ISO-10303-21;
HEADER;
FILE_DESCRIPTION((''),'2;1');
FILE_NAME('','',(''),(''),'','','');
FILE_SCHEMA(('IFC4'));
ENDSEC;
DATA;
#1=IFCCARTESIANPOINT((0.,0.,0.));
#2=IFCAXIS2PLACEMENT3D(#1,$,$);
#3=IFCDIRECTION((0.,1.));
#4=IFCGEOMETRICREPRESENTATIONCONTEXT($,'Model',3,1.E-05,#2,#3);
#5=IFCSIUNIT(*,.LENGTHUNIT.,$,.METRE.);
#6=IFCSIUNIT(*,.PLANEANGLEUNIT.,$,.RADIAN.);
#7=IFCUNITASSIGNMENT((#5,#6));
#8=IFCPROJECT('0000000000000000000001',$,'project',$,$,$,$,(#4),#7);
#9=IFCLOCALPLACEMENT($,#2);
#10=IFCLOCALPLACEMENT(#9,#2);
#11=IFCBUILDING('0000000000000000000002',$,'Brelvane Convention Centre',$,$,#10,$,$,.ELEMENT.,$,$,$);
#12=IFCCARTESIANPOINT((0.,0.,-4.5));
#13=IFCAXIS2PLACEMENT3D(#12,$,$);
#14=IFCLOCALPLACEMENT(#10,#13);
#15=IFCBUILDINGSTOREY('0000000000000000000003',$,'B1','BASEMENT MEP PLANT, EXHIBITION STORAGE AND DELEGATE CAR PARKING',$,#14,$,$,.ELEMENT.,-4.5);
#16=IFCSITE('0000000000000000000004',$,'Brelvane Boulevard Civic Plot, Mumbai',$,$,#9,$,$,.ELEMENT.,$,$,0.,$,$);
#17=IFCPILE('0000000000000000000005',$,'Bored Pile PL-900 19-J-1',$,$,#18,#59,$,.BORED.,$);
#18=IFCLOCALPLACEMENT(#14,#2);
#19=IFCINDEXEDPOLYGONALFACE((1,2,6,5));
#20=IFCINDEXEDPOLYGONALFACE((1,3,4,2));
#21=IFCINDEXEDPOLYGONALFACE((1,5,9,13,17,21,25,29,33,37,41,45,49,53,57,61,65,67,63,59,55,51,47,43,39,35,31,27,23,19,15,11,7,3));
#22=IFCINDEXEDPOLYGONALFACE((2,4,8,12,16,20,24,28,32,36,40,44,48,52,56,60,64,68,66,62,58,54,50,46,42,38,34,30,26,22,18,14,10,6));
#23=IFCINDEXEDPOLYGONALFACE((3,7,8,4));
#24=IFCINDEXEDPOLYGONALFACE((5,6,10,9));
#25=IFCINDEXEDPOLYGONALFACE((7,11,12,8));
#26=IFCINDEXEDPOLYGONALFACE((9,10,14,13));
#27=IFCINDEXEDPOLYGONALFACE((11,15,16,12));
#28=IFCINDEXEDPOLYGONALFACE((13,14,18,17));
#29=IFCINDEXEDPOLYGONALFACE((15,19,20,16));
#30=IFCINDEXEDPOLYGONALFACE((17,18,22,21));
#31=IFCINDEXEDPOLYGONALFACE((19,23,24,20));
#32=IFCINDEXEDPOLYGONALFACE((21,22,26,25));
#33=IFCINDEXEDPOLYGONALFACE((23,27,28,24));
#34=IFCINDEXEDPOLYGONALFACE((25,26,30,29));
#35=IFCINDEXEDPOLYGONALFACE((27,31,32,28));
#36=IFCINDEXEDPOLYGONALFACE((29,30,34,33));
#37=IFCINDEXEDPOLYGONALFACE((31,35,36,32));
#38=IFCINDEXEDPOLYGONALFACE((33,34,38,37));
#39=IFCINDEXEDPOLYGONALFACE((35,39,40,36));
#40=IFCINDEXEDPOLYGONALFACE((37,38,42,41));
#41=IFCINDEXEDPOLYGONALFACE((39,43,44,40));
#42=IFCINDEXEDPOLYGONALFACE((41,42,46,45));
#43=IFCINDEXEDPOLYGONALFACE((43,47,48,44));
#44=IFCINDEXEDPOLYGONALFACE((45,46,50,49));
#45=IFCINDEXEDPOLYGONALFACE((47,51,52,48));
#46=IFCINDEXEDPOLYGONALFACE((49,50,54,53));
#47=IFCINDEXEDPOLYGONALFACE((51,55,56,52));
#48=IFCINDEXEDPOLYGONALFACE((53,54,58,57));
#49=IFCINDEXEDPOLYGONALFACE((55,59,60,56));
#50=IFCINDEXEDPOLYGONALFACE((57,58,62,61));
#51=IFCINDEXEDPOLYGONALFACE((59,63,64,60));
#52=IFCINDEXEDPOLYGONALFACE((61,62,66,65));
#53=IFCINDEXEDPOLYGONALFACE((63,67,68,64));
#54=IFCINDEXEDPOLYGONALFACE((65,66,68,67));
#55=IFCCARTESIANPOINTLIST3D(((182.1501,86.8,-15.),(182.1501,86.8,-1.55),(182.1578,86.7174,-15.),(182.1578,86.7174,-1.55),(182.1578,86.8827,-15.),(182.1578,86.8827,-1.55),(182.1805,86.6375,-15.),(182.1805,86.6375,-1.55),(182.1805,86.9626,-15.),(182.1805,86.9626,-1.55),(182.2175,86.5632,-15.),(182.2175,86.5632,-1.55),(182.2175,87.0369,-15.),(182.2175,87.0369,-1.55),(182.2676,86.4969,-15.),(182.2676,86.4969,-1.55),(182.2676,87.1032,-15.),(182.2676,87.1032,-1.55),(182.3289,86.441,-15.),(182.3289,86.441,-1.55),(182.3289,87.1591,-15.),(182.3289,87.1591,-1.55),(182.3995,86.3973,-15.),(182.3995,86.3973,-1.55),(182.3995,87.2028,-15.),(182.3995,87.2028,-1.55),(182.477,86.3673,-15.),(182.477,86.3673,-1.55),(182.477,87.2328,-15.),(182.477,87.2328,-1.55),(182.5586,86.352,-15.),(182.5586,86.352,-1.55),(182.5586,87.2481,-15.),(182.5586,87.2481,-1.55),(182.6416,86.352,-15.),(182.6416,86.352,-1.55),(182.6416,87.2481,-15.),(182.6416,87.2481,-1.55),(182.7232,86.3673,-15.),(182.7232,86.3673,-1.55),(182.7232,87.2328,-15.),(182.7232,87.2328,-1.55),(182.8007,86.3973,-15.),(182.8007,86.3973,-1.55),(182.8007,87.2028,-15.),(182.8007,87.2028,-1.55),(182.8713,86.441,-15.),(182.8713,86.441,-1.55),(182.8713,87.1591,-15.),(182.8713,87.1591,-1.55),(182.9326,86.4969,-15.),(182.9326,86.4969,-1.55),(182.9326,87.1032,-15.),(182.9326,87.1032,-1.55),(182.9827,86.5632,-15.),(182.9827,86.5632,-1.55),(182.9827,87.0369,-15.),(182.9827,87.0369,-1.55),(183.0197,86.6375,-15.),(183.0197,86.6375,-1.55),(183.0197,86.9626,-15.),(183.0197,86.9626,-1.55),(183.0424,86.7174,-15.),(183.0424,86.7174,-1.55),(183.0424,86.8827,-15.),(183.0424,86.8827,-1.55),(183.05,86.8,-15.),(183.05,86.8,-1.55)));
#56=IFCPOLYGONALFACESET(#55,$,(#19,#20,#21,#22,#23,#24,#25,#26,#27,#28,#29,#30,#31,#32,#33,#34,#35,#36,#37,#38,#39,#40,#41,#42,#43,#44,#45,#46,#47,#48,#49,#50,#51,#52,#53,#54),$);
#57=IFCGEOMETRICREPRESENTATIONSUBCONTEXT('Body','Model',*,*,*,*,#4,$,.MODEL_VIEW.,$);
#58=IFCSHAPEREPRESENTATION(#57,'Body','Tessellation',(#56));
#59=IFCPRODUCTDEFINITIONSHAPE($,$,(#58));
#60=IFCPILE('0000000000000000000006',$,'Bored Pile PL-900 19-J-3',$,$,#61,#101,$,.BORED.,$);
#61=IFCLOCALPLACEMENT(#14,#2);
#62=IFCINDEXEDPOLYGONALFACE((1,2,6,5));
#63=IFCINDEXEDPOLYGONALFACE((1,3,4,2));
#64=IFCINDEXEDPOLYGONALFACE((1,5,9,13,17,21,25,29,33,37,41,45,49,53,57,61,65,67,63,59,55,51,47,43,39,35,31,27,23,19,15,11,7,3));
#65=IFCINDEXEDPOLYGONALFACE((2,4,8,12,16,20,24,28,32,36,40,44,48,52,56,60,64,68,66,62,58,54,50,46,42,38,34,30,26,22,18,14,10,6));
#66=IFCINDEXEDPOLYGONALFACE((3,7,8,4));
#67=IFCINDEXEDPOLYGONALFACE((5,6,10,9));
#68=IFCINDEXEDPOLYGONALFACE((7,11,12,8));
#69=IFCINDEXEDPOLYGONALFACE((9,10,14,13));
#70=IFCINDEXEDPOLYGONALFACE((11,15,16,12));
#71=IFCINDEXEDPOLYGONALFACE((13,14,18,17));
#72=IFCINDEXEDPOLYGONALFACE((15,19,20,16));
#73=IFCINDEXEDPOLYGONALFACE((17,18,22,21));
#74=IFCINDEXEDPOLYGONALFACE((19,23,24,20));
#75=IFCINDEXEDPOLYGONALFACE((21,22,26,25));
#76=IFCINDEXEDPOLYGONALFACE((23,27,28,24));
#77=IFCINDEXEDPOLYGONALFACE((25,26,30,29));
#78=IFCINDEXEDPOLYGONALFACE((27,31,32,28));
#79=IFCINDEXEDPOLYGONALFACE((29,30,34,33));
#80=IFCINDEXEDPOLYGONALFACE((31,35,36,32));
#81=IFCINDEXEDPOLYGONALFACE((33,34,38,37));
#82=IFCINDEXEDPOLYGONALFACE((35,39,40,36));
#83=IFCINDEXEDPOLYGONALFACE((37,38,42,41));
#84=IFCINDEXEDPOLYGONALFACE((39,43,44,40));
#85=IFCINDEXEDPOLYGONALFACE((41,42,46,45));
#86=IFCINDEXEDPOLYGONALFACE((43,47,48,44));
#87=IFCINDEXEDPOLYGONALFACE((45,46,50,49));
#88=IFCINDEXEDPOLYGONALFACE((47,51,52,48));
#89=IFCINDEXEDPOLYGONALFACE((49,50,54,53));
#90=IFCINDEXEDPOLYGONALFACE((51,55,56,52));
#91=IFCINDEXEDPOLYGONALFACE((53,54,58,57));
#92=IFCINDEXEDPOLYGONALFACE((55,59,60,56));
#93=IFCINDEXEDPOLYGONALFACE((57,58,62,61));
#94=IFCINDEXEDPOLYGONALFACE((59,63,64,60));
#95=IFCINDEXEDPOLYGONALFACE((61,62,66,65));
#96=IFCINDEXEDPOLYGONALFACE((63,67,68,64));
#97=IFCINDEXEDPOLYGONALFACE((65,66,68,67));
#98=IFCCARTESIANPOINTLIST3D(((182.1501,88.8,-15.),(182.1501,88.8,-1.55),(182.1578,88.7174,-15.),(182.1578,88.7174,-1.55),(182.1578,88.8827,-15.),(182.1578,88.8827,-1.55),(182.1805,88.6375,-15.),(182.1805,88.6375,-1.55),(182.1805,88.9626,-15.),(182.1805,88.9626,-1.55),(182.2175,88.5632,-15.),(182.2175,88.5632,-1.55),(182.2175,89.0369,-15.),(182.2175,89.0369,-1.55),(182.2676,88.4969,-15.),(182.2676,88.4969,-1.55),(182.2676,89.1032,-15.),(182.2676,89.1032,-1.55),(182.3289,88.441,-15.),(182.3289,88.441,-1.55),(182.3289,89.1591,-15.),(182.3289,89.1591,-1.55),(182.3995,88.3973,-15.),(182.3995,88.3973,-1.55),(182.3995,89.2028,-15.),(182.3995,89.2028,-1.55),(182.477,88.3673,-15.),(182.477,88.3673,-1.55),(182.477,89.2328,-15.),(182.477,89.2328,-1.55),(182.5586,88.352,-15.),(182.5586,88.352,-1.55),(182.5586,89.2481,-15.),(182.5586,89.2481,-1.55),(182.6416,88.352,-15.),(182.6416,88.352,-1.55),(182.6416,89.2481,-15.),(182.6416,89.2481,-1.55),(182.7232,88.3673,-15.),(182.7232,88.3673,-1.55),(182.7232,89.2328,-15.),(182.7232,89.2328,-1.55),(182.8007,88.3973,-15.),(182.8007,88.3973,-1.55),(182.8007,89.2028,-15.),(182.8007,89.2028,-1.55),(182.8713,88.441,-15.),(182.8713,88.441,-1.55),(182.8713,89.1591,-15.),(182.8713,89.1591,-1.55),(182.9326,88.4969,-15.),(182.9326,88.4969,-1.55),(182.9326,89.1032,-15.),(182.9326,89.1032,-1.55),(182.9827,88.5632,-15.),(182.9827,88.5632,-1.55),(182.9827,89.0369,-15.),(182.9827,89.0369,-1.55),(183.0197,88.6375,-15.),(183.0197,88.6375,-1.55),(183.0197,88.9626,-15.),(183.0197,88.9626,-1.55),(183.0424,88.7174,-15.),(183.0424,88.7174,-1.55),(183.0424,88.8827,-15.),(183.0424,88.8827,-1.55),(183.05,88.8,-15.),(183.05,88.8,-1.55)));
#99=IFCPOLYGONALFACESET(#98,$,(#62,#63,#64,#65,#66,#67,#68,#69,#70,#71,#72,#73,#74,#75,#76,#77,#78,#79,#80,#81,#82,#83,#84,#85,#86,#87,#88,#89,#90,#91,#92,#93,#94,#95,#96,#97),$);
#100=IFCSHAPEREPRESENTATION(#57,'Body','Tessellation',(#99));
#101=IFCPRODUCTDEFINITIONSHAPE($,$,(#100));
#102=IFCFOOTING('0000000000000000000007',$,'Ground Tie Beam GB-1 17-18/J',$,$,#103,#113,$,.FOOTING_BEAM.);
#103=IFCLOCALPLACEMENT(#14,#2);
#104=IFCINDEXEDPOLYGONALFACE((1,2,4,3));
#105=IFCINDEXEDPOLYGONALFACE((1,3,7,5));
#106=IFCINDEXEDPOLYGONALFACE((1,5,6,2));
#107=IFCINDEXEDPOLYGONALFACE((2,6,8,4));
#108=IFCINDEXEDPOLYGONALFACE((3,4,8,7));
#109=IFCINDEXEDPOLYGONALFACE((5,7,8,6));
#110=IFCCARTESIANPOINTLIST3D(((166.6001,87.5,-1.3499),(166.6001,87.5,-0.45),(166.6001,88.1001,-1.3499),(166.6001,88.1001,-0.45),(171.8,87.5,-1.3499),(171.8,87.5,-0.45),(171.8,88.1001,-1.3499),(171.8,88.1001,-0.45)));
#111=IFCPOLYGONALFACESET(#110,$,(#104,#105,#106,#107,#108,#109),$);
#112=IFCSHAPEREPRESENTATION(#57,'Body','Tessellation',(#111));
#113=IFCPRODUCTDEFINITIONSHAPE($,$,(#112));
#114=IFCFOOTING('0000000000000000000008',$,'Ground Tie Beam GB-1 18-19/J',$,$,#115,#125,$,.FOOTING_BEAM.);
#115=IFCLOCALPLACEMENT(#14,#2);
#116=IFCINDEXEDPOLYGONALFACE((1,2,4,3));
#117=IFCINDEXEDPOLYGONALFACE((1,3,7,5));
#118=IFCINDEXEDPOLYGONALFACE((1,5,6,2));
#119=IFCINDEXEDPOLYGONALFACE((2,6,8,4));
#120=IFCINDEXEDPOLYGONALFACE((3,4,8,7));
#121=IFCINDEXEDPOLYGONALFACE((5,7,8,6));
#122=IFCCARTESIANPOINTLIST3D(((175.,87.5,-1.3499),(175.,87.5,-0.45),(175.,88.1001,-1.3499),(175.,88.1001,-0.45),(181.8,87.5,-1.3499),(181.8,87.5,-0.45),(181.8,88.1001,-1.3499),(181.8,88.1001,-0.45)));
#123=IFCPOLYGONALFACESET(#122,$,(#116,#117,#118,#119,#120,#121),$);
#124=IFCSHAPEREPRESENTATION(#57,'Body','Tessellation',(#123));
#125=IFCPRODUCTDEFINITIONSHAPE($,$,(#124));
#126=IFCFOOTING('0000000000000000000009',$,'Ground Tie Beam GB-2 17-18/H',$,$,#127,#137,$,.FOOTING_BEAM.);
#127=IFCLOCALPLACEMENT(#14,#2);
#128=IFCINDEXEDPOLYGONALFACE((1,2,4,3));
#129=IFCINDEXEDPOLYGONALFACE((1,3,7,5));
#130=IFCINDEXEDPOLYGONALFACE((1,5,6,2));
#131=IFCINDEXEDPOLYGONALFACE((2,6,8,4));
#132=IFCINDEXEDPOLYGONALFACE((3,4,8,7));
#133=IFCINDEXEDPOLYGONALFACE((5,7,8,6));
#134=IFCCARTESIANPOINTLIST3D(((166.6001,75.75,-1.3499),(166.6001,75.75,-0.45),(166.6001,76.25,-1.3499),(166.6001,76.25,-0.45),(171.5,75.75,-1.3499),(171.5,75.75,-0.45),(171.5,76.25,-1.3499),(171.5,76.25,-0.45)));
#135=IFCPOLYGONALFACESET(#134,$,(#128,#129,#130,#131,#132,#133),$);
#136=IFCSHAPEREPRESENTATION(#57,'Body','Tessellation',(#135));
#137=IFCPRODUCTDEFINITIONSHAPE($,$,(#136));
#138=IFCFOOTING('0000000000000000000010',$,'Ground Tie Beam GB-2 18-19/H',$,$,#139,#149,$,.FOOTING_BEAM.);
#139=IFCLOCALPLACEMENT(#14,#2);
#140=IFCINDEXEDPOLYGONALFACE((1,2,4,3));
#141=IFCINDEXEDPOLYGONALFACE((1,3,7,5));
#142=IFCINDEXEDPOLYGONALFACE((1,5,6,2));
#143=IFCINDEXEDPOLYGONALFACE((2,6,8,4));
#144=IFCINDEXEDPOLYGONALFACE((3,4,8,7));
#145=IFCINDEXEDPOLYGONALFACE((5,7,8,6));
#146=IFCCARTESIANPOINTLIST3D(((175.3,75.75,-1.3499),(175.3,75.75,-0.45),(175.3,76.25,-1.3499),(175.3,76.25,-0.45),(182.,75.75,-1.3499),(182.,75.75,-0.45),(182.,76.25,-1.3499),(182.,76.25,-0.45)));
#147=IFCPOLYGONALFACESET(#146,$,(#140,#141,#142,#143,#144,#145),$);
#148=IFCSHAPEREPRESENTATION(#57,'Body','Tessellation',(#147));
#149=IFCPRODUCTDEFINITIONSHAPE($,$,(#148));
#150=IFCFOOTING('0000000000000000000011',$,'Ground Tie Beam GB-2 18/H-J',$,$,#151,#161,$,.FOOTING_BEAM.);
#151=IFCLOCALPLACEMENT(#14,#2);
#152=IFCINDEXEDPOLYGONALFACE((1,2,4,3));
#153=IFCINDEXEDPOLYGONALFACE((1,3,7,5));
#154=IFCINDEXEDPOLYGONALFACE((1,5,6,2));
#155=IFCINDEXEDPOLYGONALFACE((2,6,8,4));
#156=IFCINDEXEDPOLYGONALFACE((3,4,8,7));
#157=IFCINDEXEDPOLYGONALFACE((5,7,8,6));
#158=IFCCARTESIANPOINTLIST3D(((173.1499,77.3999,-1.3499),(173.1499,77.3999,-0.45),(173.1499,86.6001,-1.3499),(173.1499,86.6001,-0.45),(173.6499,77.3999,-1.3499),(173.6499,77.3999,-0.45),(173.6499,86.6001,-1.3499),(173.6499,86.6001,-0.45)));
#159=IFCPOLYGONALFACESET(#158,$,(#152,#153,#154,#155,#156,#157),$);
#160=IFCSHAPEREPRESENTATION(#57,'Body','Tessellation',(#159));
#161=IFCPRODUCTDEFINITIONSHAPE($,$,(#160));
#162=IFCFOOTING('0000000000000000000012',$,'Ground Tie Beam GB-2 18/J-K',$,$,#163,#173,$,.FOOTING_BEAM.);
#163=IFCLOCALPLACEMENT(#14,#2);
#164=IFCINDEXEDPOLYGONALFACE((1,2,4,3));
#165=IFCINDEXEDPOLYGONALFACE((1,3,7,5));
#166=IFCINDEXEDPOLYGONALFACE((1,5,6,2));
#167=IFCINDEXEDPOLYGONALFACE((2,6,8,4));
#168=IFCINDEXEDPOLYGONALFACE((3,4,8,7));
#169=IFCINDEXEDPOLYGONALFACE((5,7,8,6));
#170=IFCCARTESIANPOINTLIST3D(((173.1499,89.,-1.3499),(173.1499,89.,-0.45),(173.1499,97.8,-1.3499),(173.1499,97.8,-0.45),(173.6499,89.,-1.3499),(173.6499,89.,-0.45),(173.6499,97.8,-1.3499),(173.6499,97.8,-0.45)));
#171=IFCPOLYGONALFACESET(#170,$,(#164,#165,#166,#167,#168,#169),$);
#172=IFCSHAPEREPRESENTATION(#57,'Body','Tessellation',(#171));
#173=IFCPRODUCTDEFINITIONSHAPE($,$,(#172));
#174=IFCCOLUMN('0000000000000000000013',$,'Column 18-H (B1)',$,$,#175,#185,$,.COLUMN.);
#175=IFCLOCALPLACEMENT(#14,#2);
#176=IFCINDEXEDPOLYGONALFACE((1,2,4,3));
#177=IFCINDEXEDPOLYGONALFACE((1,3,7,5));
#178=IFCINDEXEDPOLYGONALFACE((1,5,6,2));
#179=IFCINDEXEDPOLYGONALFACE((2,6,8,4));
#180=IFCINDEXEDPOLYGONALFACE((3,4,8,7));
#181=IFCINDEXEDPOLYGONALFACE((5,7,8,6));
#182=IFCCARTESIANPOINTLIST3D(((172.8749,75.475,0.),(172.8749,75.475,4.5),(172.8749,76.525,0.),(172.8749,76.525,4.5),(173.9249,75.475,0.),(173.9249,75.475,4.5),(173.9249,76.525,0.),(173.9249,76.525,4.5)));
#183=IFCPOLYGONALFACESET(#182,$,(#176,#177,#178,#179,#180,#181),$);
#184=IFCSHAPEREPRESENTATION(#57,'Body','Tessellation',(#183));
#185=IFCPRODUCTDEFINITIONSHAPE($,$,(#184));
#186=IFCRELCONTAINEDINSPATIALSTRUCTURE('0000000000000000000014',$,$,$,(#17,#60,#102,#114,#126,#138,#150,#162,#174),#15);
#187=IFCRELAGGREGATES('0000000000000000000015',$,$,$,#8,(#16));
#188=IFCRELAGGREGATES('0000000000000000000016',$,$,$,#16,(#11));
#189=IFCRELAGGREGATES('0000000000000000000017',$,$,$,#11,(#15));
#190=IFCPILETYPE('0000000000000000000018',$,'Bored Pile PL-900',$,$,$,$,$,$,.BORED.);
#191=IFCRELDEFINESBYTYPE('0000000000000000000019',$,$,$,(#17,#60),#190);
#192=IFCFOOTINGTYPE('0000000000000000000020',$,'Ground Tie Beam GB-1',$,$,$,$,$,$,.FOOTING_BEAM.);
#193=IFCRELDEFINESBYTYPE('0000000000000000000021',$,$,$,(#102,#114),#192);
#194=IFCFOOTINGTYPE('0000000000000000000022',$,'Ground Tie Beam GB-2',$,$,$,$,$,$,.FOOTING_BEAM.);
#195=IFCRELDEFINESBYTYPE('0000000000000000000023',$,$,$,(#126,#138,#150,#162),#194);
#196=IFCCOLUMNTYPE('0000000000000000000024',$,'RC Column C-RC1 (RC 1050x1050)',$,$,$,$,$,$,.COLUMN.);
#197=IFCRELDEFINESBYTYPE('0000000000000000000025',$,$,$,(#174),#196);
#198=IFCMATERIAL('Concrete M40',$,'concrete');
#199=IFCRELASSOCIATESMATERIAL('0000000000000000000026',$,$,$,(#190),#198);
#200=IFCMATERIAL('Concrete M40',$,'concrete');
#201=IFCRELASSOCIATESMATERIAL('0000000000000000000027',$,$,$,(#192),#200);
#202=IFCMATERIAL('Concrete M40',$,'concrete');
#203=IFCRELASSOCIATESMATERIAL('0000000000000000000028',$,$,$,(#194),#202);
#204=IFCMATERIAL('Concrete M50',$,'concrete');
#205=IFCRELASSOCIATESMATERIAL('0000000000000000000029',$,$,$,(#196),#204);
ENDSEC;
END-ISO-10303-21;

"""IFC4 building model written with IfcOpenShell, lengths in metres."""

from ifc_helpers import new_model, si_unit, direction, frame, origin, origin_2d, place, context, subcontext, project, spatial, rectangle, circle, extrude, material, material_profile, profile_set, type_object, element, save


model = new_model("IFC4")

# Units and contexts
model_context = context("Model", 3, precision=1e-05, world=origin(), true_north=direction((0.0, 1.0)))
body_context = subcontext(model_context, "Body", "Model", "MODEL_VIEW")
ifc_project = project(units=[si_unit("LENGTHUNIT", "METRE"), si_unit("PLANEANGLEUNIT", "RADIAN")], contexts=[model_context])

# Site, building, storey
site_placement = place(None, origin())
site = spatial("IfcSite", under=ifc_project, at=site_placement, Name="Brelvane Boulevard Civic Plot, Mumbai", CompositionType="ELEMENT", RefElevation=0.0)
building_placement = place(site_placement, origin())
building = spatial("IfcBuilding", under=site, at=building_placement, Name="Brelvane Convention Centre", CompositionType="ELEMENT")
storey_placement = place(building_placement, frame((0.0, 0.0, -4.5)))
storey = spatial("IfcBuildingStorey", under=building, at=storey_placement, Name="B1", Description="BASEMENT MEP PLANT, EXHIBITION STORAGE AND DELEGATE CAR PARKING", CompositionType="ELEMENT", Elevation=-4.5)

# Piles
ifc_material_1 = material(Name="Concrete M40", Category="concrete")
ifc_material_profile_1 = material_profile(ifc_material_1, circle(Radius=0.45, at=origin_2d()), Name="PILE D900")
ifc_profile_set_1 = profile_set([ifc_material_profile_1], Name="Concrete M40")
pile_type_1 = type_object("IfcPileType", Name="Bored Pile PL-900", PredefinedType="BORED", material=ifc_profile_set_1)
for number, where, z_axis, x_axis, name in (
    (1, (182.6001, 86.8, -1.55), (0.0, 0.0, -1.0), (1.0, 0.0, 0.0), "Bored Pile PL-900 19-J-1"),
    (2, (182.6001, 88.8, -1.55), (0.0, 0.0, -1.0), (1.0, 0.0, 0.0), "Bored Pile PL-900 19-J-3"),
):
    element("IfcPile", number, at=place(storey_placement, frame(where, z_axis=z_axis, x_axis=x_axis)), inside=storey, type_object=pile_type_1, Name=name, PredefinedType="BORED", context=body_context, shape_type="SweptSolid", body=[
        extrude(circle(Radius=0.45, at=origin_2d()), origin(), (0.0, 0.0, 1.0), 13.45),
    ])

# Footings
ifc_material_2 = material(Name="Concrete M40", Category="concrete")
ifc_material_profile_2 = material_profile(ifc_material_2, rectangle(XDim=0.6001, YDim=0.8999, at=origin_2d()), Name="RC 600x900")
ifc_profile_set_2 = profile_set([ifc_material_profile_2], Name="Concrete M40")
footing_type_1 = type_object("IfcFootingType", Name="Ground Tie Beam GB-1", PredefinedType="FOOTING_BEAM", material=ifc_profile_set_2)
footing_1_placement = place(storey_placement, frame((166.6001, 87.8, -0.8999), z_axis=(1.0, 0.0, 0.0), x_axis=(0.0, 1.0, 0.0)))
element("IfcFooting", 3, at=footing_1_placement, inside=storey, type_object=footing_type_1, Name="Ground Tie Beam GB-1 17-18/J", PredefinedType="FOOTING_BEAM", context=body_context, shape_type="SweptSolid", body=[
    extrude(rectangle(XDim=0.6001, YDim=0.8999, at=origin_2d()), origin(), (0.0, 0.0, 1.0), 5.2),
])
footing_2_placement = place(storey_placement, frame((175.0, 87.8, -0.8999), z_axis=(1.0, 0.0, 0.0), x_axis=(0.0, 1.0, 0.0)))
element("IfcFooting", 4, at=footing_2_placement, inside=storey, type_object=footing_type_1, Name="Ground Tie Beam GB-1 18-19/J", PredefinedType="FOOTING_BEAM", context=body_context, shape_type="SweptSolid", body=[
    extrude(rectangle(XDim=0.6001, YDim=0.8999, at=origin_2d()), origin(), (0.0, 0.0, 1.0), 6.8),
])
ifc_material_3 = material(Name="Concrete M40", Category="concrete")
ifc_material_profile_3 = material_profile(ifc_material_3, rectangle(XDim=0.5, YDim=0.8999, at=origin_2d()), Name="RC 500x900")
ifc_profile_set_3 = profile_set([ifc_material_profile_3], Name="Concrete M40")
footing_type_2 = type_object("IfcFootingType", Name="Ground Tie Beam GB-2", PredefinedType="FOOTING_BEAM", material=ifc_profile_set_3)
footing_3_placement = place(storey_placement, frame((166.6001, 76.0, -0.8999), z_axis=(1.0, 0.0, 0.0), x_axis=(0.0, 1.0, 0.0)))
element("IfcFooting", 5, at=footing_3_placement, inside=storey, type_object=footing_type_2, Name="Ground Tie Beam GB-2 17-18/H", PredefinedType="FOOTING_BEAM", context=body_context, shape_type="SweptSolid", body=[
    extrude(rectangle(XDim=0.5, YDim=0.8999, at=origin_2d()), origin(), (0.0, 0.0, 1.0), 4.8999),
])
footing_4_placement = place(storey_placement, frame((175.3, 76.0, -0.8999), z_axis=(1.0, 0.0, 0.0), x_axis=(0.0, 1.0, 0.0)))
element("IfcFooting", 6, at=footing_4_placement, inside=storey, type_object=footing_type_2, Name="Ground Tie Beam GB-2 18-19/H", PredefinedType="FOOTING_BEAM", context=body_context, shape_type="SweptSolid", body=[
    extrude(rectangle(XDim=0.5, YDim=0.8999, at=origin_2d()), origin(), (0.0, 0.0, 1.0), 6.7),
])
footing_5_placement = place(storey_placement, frame((173.3999, 77.3999, -0.8999), z_axis=(0.0, 1.0, 0.0), x_axis=(-1.0, 0.0, 0.0)))
element("IfcFooting", 7, at=footing_5_placement, inside=storey, type_object=footing_type_2, Name="Ground Tie Beam GB-2 18/H-J", PredefinedType="FOOTING_BEAM", context=body_context, shape_type="SweptSolid", body=[
    extrude(rectangle(XDim=0.5, YDim=0.8999, at=origin_2d()), origin(), (0.0, 0.0, 1.0), 9.2002),
])
footing_6_placement = place(storey_placement, frame((173.3999, 89.0, -0.8999), z_axis=(0.0, 1.0, 0.0), x_axis=(-1.0, 0.0, 0.0)))
element("IfcFooting", 8, at=footing_6_placement, inside=storey, type_object=footing_type_2, Name="Ground Tie Beam GB-2 18/J-K", PredefinedType="FOOTING_BEAM", context=body_context, shape_type="SweptSolid", body=[
    extrude(rectangle(XDim=0.5, YDim=0.8999, at=origin_2d()), origin(), (0.0, 0.0, 1.0), 8.8),
])

# Column
ifc_material_4 = material(Name="Concrete M50", Category="concrete")
ifc_material_profile_4 = material_profile(ifc_material_4, rectangle(XDim=1.05, YDim=1.05, at=origin_2d()), Name="RC 1050x1050")
ifc_profile_set_4 = profile_set([ifc_material_profile_4], Name="Concrete M50")
column_type_1 = type_object("IfcColumnType", Name="RC Column C-RC1 (RC 1050x1050)", PredefinedType="COLUMN", material=ifc_profile_set_4)
column_1_placement = place(storey_placement, frame((173.3999, 76.0, 0.0), z_axis=(0.0, 0.0, 1.0), x_axis=(1.0, 0.0, 0.0)))
element("IfcColumn", 9, at=column_1_placement, inside=storey, type_object=column_type_1, Name="Column 18-H (B1)", PredefinedType="COLUMN", context=body_context, shape_type="SweptSolid", body=[
    extrude(rectangle(XDim=1.05, YDim=1.05, at=origin_2d()), origin(), (0.0, 0.0, 1.0), 4.5),
])

save(model, "model.ifc")
